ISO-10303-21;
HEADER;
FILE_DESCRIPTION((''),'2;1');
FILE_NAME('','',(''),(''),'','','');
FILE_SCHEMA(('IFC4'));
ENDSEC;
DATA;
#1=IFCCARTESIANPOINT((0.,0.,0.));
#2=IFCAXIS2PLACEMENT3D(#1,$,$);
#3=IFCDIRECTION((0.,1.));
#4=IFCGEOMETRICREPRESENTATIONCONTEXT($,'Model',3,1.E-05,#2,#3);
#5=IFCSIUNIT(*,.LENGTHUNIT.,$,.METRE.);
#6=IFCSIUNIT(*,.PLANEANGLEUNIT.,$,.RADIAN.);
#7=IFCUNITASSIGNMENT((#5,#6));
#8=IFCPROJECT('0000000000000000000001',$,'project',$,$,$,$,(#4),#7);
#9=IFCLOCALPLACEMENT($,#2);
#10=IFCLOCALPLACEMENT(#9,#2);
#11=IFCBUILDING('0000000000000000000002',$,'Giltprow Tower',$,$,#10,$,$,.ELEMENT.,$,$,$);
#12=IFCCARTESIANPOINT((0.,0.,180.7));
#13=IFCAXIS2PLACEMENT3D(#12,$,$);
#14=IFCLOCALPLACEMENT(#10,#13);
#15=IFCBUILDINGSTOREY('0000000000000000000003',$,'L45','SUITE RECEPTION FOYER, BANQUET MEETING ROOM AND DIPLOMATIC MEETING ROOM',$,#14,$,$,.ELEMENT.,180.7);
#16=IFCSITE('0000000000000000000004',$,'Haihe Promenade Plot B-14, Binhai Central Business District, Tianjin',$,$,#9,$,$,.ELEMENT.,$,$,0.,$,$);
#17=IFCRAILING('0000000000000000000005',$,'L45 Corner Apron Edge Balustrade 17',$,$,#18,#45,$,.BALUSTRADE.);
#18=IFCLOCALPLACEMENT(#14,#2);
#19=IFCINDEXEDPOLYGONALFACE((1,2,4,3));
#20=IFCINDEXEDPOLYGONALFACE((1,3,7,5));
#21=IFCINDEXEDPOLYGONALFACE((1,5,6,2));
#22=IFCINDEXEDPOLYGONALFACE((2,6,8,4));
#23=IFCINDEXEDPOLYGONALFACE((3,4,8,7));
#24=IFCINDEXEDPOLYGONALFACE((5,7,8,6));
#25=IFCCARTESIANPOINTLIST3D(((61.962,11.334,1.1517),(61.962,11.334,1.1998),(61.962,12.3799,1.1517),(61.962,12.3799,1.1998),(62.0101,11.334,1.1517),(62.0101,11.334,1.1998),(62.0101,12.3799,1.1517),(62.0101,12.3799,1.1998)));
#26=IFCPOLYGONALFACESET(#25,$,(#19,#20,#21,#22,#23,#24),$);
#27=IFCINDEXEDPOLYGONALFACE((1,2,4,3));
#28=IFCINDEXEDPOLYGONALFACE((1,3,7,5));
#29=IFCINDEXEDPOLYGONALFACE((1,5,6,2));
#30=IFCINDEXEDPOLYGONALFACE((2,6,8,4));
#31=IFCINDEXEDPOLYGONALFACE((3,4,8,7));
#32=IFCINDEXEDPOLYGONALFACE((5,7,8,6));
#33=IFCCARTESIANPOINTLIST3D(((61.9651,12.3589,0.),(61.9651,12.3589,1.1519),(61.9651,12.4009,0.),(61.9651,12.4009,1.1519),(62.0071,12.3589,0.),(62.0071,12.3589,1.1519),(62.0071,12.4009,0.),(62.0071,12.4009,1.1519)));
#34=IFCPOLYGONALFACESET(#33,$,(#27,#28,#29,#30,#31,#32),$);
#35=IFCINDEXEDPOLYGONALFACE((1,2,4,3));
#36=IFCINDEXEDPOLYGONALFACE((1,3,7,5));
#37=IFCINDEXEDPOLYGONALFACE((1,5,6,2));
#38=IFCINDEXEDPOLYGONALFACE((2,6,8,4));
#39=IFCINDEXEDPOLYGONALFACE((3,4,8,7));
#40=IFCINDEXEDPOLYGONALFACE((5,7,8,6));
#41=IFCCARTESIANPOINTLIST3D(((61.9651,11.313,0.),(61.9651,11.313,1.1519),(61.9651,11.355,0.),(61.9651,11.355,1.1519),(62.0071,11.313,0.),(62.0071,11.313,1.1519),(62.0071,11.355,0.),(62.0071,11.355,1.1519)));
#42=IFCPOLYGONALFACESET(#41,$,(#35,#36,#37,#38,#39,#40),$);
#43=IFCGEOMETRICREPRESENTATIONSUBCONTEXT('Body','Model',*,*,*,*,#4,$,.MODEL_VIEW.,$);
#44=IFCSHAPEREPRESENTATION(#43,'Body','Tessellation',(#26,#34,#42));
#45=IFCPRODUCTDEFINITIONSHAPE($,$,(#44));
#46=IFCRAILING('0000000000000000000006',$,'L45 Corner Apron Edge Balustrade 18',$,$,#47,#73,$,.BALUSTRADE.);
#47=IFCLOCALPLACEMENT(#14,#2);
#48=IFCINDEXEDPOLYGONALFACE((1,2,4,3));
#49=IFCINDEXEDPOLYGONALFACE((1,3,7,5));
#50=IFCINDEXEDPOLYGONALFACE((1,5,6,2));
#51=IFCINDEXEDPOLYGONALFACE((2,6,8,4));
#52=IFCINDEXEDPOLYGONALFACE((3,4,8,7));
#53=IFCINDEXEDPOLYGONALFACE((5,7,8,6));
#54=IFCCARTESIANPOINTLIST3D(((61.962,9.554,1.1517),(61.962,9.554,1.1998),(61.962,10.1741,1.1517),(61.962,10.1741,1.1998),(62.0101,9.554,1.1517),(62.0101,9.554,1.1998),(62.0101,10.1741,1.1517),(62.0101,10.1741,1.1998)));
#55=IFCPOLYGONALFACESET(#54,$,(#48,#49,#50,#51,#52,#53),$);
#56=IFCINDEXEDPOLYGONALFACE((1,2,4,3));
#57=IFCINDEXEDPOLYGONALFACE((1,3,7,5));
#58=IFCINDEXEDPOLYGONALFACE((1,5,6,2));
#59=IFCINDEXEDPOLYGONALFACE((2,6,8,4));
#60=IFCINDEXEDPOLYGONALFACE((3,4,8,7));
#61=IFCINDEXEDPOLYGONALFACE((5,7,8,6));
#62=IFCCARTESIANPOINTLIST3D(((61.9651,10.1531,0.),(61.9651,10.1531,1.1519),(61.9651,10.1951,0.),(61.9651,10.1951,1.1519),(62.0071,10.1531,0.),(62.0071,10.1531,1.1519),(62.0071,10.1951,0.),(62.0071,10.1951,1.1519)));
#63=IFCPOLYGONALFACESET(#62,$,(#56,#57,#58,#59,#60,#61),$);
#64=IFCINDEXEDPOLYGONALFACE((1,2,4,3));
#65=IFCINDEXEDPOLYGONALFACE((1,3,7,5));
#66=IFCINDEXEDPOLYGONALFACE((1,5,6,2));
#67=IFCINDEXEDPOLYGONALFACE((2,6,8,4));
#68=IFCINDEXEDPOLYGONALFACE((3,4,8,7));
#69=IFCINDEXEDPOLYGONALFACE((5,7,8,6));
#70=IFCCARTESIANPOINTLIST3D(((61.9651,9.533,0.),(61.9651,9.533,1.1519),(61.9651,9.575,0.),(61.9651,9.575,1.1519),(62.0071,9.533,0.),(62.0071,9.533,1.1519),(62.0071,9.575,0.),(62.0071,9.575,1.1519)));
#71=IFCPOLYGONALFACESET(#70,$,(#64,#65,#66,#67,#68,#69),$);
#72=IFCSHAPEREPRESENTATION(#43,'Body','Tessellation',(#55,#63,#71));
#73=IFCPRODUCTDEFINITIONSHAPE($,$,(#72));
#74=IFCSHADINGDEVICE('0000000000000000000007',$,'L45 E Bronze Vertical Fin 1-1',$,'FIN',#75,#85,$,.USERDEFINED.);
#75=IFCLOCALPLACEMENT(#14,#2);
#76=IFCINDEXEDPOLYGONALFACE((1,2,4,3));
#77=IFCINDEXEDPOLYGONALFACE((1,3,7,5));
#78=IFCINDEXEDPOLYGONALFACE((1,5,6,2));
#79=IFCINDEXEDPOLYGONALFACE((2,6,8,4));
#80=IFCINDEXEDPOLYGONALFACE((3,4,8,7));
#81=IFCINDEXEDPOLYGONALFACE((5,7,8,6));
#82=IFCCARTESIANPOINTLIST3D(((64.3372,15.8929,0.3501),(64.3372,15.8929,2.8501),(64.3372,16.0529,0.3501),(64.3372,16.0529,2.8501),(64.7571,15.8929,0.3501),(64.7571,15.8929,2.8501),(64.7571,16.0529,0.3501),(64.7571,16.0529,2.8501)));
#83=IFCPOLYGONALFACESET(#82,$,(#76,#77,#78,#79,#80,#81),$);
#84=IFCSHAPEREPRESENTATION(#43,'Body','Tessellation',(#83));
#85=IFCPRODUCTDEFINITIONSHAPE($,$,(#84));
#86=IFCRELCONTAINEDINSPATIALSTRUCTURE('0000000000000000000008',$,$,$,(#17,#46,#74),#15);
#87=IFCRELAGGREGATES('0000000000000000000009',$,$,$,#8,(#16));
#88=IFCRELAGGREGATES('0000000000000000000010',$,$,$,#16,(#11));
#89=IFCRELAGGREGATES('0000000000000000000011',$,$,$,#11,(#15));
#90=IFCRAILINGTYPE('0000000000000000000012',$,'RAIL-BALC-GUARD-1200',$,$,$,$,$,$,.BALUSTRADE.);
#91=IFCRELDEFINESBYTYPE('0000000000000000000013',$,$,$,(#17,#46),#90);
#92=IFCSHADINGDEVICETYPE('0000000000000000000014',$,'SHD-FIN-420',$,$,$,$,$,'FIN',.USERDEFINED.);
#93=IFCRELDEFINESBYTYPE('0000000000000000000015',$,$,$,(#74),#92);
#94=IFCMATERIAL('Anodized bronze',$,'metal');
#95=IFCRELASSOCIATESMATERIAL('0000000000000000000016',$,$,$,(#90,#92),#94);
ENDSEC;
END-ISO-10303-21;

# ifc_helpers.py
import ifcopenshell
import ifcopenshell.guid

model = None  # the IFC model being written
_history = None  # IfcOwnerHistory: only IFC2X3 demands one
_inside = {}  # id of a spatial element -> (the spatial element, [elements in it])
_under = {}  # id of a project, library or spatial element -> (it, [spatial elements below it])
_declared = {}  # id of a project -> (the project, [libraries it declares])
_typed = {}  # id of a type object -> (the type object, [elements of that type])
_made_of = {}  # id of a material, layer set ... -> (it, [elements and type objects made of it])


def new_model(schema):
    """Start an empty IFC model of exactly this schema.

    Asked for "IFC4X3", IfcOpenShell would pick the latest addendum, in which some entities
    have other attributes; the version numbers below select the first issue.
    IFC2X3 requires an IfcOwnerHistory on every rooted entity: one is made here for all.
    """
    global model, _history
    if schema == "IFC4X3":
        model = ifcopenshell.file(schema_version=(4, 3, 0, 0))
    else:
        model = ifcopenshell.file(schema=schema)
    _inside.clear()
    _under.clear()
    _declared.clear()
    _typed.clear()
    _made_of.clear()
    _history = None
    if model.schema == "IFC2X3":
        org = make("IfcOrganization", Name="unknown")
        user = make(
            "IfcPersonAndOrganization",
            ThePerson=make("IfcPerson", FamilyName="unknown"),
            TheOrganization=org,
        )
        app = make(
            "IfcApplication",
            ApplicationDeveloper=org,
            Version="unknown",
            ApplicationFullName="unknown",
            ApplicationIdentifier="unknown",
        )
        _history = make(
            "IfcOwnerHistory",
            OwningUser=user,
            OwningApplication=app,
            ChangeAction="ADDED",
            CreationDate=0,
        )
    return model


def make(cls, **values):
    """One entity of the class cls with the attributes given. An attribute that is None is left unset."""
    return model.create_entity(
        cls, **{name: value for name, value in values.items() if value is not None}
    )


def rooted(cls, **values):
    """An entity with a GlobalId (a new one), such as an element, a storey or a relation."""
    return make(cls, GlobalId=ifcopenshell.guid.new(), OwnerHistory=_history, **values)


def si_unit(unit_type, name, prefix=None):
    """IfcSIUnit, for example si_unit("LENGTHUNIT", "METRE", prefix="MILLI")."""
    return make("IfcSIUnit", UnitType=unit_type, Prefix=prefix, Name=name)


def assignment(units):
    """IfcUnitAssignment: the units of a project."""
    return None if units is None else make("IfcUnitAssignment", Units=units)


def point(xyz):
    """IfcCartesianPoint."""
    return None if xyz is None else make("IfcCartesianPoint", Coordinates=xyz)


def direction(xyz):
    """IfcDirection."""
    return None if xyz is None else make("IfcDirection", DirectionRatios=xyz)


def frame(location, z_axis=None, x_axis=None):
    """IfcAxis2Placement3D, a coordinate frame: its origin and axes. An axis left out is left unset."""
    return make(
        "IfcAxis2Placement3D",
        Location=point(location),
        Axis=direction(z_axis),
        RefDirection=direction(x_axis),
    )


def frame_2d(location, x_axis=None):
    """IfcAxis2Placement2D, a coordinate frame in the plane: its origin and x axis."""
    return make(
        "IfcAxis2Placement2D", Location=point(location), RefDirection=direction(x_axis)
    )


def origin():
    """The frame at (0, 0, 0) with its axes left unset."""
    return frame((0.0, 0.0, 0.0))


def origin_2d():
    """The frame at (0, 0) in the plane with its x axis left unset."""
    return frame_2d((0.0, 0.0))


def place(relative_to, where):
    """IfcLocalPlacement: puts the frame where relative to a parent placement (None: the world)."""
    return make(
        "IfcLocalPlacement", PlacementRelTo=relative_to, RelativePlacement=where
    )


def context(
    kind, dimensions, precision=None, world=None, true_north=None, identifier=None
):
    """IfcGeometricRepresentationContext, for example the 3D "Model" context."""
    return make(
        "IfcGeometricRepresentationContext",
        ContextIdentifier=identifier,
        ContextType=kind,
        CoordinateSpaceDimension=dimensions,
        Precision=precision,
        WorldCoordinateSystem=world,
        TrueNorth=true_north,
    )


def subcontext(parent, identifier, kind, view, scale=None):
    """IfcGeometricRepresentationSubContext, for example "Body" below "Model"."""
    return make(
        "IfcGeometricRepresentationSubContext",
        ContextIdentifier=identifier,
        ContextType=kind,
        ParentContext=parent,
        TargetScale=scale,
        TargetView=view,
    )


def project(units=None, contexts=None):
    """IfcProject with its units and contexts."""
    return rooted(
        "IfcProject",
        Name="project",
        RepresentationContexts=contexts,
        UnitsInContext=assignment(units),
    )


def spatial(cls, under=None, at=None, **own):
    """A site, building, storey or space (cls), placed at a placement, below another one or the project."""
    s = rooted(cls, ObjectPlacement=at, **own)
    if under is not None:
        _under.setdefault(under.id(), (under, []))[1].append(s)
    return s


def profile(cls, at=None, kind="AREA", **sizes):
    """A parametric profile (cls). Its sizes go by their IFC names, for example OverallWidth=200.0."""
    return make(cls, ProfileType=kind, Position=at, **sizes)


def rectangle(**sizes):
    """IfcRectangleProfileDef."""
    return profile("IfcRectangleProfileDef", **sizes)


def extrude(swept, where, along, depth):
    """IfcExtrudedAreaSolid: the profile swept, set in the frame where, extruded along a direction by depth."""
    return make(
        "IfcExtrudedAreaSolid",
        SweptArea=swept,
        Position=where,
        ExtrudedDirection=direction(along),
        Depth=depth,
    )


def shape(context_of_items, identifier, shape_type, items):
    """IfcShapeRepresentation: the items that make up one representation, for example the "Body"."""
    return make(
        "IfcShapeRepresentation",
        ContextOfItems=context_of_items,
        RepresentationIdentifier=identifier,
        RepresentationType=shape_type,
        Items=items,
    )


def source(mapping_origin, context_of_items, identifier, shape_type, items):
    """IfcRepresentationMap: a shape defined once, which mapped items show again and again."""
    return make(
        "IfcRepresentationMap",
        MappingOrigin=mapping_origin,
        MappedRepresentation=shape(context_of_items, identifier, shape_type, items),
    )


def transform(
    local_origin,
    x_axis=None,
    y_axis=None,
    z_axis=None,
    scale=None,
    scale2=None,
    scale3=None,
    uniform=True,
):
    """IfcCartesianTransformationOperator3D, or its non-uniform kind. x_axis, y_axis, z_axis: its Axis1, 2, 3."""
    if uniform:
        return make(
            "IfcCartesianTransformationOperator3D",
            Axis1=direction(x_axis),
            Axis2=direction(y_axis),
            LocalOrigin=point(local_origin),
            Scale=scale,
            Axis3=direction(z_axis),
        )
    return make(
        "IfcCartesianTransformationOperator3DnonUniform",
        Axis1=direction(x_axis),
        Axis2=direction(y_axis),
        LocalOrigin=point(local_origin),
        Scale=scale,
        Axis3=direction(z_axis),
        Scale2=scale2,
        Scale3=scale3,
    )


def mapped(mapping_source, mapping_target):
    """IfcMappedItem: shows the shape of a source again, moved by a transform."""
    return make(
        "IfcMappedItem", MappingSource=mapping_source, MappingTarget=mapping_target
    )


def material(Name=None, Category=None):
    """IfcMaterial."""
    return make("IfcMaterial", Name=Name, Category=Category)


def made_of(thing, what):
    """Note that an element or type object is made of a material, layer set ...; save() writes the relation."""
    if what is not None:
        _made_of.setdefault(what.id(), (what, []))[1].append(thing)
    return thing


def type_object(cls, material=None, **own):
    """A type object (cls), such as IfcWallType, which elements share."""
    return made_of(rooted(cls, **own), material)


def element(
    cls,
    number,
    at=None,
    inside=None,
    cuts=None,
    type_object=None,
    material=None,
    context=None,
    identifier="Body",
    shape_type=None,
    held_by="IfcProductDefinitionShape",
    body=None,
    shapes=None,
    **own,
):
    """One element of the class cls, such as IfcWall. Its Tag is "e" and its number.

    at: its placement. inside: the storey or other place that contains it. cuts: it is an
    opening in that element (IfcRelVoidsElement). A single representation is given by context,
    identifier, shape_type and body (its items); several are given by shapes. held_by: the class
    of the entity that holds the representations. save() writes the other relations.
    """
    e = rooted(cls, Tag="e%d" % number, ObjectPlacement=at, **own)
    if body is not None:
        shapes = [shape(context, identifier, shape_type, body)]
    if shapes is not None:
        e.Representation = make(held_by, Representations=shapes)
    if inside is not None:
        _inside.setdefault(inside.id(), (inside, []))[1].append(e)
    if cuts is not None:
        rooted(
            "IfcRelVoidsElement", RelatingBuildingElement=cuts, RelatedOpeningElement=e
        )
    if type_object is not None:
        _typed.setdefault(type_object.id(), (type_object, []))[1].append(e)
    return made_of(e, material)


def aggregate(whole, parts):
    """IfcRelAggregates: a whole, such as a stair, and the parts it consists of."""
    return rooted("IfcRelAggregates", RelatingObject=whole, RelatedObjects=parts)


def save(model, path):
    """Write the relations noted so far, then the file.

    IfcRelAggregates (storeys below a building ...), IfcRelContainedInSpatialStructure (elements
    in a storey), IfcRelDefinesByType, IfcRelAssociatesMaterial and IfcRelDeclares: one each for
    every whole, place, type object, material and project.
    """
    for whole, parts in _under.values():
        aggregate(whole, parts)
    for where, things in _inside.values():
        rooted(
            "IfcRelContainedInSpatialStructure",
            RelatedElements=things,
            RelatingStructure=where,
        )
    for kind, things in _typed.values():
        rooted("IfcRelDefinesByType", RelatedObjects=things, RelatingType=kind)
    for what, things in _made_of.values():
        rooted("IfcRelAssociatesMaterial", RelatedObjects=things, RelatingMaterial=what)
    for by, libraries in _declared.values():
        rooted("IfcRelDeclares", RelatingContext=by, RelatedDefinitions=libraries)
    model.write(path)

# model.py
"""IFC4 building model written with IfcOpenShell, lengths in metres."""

from ifc_helpers import new_model, si_unit, direction, frame, origin, origin_2d, place, context, subcontext, project, spatial, rectangle, extrude, source, transform, mapped, material, type_object, element, save


model = new_model("IFC4")

# Units and contexts
model_context = context("Model", 3, precision=1e-05, world=origin(), true_north=direction((0.0, 1.0)))
body_context = subcontext(model_context, "Body", "Model", "MODEL_VIEW")
ifc_project = project(units=[si_unit("LENGTHUNIT", "METRE"), si_unit("PLANEANGLEUNIT", "RADIAN")], contexts=[model_context])

# Site, building, storey
site_placement = place(None, origin())
site = spatial("IfcSite", under=ifc_project, at=site_placement, Name="Haihe Promenade Plot B-14, Binhai Central Business District, Tianjin", CompositionType="ELEMENT", RefElevation=0.0)
building_placement = place(site_placement, origin())
building = spatial("IfcBuilding", under=site, at=building_placement, Name="Giltprow Tower", CompositionType="ELEMENT")
storey_placement = place(building_placement, frame((0.0, 0.0, 180.7)))
storey = spatial("IfcBuildingStorey", under=building, at=storey_placement, Name="L45", Description="SUITE RECEPTION FOYER, BANQUET MEETING ROOM AND DIPLOMATIC MEETING ROOM", CompositionType="ELEMENT", Elevation=180.7)

# Shared definitions
ifc_material_1 = material(Name="Anodized bronze", Category="metal")

# Railings
railing_type = type_object("IfcRailingType", Name="RAIL-BALC-GUARD-1200", PredefinedType="BALUSTRADE", material=ifc_material_1)
railing_1_placement = place(storey_placement, frame((61.9861, 12.3799, 0.0)))
element("IfcRailing", 1, at=railing_1_placement, inside=storey, type_object=railing_type, Name="L45 Corner Apron Edge Balustrade 17", PredefinedType="BALUSTRADE", context=body_context, shape_type="SweptSolid", body=[
    extrude(rectangle(XDim=0.0481, YDim=0.0481, at=origin_2d()), frame((0.0, 0.0, 1.1758), z_axis=(0.0, -1.0, 0.0), x_axis=(1.0, 0.0, 0.0)), (0.0, 0.0, 1.0), 1.0459),
    extrude(rectangle(XDim=0.042, YDim=0.042, at=origin_2d()), origin(), (0.0, 0.0, 1.0), 1.1519),
    extrude(rectangle(XDim=0.042, YDim=0.042, at=origin_2d()), frame((0.0, -1.0459, 0.0)), (0.0, 0.0, 1.0), 1.1519),
])
railing_2_placement = place(storey_placement, frame((61.9861, 10.1741, 0.0)))
element("IfcRailing", 2, at=railing_2_placement, inside=storey, type_object=railing_type, Name="L45 Corner Apron Edge Balustrade 18", PredefinedType="BALUSTRADE", context=body_context, shape_type="SweptSolid", body=[
    extrude(rectangle(XDim=0.0481, YDim=0.0481, at=origin_2d()), frame((0.0, 0.0, 1.1758), z_axis=(0.0, -1.0, 0.0), x_axis=(1.0, 0.0, 0.0)), (0.0, 0.0, 1.0), 0.6201),
    extrude(rectangle(XDim=0.042, YDim=0.042, at=origin_2d()), origin(), (0.0, 0.0, 1.0), 1.1519),
    extrude(rectangle(XDim=0.042, YDim=0.042, at=origin_2d()), frame((0.0, -0.6201, 0.0)), (0.0, 0.0, 1.0), 1.1519),
])

# Shading device
shading_device_type = type_object("IfcShadingDeviceType", Name="SHD-FIN-420", ElementType="FIN", PredefinedType="USERDEFINED", material=ifc_material_1)
shared_shape_1 = source(origin(), body_context, "Body", "SweptSolid", [
    extrude(rectangle(XDim=0.4199, YDim=0.1599, at=origin_2d()), origin(), (0.0, 0.0, 1.0), 2.5),
])
shading_device_placement = place(storey_placement, frame((64.5471, 15.9729, 0.3501), z_axis=(0.0, 0.0, 1.0), x_axis=(1.0, 0.0, 0.0)))
element("IfcShadingDevice", 3, at=shading_device_placement, inside=storey, type_object=shading_device_type, Name="L45 E Bronze Vertical Fin 1-1", ObjectType="FIN", PredefinedType="USERDEFINED", context=body_context, shape_type="MappedRepresentation", body=[
    mapped(shared_shape_1, transform((0.0, 0.0, 0.0), x_axis=(1.0, 0.0, 0.0), y_axis=(0.0, 1.0, 0.0), z_axis=(0.0, 0.0, 1.0), scale=1.0)),
])

save(model, "model.ifc")
